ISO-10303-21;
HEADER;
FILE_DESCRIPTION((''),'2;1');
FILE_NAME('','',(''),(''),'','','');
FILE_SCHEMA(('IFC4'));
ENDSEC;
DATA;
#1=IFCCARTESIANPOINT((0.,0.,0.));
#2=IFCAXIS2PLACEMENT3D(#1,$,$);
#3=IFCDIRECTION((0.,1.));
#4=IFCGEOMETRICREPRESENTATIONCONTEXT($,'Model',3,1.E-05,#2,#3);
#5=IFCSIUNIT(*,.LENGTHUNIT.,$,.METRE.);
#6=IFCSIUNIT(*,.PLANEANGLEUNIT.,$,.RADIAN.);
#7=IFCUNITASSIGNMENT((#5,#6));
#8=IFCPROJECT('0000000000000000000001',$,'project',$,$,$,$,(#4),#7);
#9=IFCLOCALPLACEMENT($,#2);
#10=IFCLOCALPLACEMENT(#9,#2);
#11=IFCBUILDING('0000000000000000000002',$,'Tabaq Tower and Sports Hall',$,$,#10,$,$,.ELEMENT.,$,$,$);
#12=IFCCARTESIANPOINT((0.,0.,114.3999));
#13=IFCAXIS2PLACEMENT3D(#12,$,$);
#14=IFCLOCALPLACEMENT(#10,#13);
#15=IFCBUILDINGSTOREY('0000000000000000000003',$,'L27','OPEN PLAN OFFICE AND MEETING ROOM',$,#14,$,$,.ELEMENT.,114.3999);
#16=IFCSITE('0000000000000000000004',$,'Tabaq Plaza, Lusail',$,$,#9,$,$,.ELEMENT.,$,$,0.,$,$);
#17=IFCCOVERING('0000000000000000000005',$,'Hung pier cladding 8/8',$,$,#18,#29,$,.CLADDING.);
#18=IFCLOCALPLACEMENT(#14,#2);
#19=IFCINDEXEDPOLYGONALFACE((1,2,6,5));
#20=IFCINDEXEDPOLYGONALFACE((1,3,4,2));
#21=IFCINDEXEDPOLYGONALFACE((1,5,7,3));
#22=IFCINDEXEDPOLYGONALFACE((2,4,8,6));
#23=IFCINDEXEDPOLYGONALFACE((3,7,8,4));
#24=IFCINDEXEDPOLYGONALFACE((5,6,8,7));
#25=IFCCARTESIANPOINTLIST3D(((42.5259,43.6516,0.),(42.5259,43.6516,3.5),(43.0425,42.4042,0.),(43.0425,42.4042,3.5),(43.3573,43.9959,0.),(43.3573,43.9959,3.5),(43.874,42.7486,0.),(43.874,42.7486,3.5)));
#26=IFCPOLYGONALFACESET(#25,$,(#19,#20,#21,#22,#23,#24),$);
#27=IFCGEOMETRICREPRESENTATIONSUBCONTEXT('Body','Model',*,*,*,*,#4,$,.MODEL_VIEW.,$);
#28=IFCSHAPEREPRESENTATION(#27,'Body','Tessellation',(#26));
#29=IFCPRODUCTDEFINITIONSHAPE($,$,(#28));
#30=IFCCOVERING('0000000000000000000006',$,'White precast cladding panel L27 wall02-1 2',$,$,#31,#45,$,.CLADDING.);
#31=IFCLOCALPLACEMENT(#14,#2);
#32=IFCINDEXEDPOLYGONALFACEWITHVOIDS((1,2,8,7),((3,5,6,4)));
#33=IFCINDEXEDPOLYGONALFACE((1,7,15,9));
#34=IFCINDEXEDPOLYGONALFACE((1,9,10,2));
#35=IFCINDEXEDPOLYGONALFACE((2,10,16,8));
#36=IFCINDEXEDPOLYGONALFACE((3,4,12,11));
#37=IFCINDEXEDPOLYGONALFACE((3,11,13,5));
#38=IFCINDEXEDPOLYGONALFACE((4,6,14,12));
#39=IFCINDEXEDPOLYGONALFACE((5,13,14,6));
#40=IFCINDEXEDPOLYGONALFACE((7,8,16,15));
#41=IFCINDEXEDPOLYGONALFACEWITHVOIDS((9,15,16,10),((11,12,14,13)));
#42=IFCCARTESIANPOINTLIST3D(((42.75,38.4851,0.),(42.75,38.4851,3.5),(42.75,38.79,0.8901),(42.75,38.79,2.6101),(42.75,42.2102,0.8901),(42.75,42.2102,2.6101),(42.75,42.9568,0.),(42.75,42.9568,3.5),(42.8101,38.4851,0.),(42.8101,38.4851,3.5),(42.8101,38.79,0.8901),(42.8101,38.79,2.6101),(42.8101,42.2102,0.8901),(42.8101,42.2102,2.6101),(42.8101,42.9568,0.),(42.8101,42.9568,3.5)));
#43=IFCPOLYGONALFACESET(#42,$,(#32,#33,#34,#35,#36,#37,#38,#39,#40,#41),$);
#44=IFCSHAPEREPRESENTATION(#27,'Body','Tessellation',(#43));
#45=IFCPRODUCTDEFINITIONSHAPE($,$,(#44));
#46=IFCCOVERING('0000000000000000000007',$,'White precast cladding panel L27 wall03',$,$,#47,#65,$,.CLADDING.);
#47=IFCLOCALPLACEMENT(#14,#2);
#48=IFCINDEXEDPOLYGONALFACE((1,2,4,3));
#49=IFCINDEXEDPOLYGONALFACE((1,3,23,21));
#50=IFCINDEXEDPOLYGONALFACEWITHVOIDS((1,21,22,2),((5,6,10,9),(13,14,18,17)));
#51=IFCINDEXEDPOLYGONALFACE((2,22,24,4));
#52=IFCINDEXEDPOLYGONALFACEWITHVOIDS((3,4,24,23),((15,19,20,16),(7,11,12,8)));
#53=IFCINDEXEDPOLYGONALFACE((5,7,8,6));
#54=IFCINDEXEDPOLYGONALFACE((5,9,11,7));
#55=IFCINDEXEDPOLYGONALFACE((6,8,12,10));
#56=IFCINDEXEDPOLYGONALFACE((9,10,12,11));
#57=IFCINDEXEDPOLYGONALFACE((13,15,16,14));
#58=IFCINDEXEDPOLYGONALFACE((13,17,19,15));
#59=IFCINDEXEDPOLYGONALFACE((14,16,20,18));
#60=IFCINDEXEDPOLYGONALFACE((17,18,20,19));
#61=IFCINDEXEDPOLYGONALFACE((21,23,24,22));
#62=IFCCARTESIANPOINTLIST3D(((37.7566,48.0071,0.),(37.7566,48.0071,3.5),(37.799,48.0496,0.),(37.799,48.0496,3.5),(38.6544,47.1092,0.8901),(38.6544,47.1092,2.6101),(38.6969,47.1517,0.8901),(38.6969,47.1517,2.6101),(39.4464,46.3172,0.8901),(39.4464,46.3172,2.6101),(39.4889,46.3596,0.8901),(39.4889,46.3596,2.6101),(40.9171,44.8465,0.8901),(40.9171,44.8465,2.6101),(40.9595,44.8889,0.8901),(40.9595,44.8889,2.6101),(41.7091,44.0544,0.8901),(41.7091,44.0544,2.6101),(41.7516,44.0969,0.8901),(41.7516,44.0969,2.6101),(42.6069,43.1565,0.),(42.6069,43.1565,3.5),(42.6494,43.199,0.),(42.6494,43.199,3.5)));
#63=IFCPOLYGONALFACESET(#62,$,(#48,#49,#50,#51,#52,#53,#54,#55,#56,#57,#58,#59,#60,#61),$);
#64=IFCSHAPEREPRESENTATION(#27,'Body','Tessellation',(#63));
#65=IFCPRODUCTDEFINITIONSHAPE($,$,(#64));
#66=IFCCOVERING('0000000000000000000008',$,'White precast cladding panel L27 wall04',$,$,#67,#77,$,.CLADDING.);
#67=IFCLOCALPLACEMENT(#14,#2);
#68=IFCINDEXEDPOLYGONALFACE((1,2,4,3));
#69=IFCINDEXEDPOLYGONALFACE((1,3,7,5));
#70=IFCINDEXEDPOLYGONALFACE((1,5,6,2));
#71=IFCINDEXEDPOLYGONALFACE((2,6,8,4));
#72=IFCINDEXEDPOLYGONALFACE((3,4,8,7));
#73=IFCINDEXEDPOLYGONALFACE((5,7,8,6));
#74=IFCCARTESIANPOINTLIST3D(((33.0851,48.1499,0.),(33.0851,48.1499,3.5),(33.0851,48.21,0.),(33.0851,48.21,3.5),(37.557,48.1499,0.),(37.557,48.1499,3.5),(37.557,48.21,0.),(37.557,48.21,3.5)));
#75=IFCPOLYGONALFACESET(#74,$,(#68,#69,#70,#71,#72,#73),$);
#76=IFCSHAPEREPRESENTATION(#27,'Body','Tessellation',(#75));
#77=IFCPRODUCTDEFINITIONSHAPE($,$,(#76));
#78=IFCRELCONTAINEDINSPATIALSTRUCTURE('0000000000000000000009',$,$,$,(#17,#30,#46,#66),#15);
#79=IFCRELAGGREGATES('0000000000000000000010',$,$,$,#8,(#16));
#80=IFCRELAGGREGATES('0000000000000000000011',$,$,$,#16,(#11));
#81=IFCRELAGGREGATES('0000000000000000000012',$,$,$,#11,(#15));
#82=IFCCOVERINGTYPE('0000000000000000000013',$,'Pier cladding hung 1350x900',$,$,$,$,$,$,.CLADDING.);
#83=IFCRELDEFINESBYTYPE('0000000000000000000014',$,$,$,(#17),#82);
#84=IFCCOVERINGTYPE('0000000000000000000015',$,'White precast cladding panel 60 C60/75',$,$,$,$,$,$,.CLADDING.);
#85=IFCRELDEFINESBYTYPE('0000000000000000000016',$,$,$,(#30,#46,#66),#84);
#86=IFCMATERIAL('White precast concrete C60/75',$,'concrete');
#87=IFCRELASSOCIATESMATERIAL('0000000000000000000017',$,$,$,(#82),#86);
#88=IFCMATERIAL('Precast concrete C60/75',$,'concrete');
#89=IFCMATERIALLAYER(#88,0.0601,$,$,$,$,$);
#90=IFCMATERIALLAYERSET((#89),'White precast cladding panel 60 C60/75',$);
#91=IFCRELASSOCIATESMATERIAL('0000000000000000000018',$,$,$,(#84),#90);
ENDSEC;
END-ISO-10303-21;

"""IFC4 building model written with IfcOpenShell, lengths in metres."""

from ifc_helpers import new_model, si_unit, direction, frame, frame_2d, origin, place, context, subcontext, project, spatial, polyline, rectangle, outline, extrude, material, layer, layer_set, type_object, element, save


model = new_model("IFC4")

# Units and contexts
model_context = context("Model", 3, precision=1e-05, world=origin(), true_north=direction((0.0, 1.0)))
body_context = subcontext(model_context, "Body", "Model", "MODEL_VIEW")
ifc_project = project(units=[si_unit("LENGTHUNIT", "METRE"), si_unit("PLANEANGLEUNIT", "RADIAN")], contexts=[model_context])

# Site, building, storey
site_placement = place(None, origin())
site = spatial("IfcSite", under=ifc_project, at=site_placement, Name="Tabaq Plaza, Lusail", CompositionType="ELEMENT", RefElevation=0.0)
building_placement = place(site_placement, origin())
building = spatial("IfcBuilding", under=site, at=building_placement, Name="Tabaq Tower and Sports Hall", CompositionType="ELEMENT")
storey_placement = place(building_placement, frame((0.0, 0.0, 114.3999)))
storey = spatial("IfcBuildingStorey", under=building, at=storey_placement, Name="L27", Description="OPEN PLAN OFFICE AND MEETING ROOM", CompositionType="ELEMENT", Elevation=114.3999)

# Coverings
ifc_material_1 = material(Name="White precast concrete C60/75", Category="concrete")
covering_type_1 = type_object("IfcCoveringType", Name="Pier cladding hung 1350x900", PredefinedType="CLADDING", material=ifc_material_1)
for number, where, z_axis, x_axis, name in (
    (1, (43.4583, 42.5764, 0.0), (0.0, 0.0, 1.0), (-0.38265, 0.923893, 0.0), "Hung pier cladding 8/8"),
):
    element("IfcCovering", number, at=place(storey_placement, frame(where, z_axis=z_axis, x_axis=x_axis)), inside=storey, type_object=covering_type_1, Name=name, PredefinedType="CLADDING", context=body_context, shape_type="SweptSolid", body=[
        extrude(rectangle(XDim=1.3501, YDim=0.8999, at=frame_2d((0.675, 0.0))), origin(), (0.0, 0.0, 1.0), 3.5),
    ])
ifc_material_2 = material(Name="Precast concrete C60/75", Category="concrete")
ifc_layer_1 = layer(ifc_material_2, 0.0601)
ifc_layer_set_1 = layer_set([ifc_layer_1], Name="White precast cladding panel 60 C60/75")
covering_type_2 = type_object("IfcCoveringType", Name="White precast cladding panel 60 C60/75", PredefinedType="CLADDING", material=ifc_layer_set_1)
covering_1_placement = place(storey_placement, frame((42.78, 38.4851, 0.0), z_axis=(0.0, 0.0, 1.0), x_axis=(0.0, 1.0, 0.0)))
element("IfcCovering", 2, at=covering_1_placement, inside=storey, type_object=covering_type_2, Name="White precast cladding panel L27 wall02-1 2", PredefinedType="CLADDING", context=body_context, shape_type="SweptSolid", body=[
    extrude(outline(polyline([(0.0, 0.0), (4.4717, 0.0), (4.4717, 3.5), (0.0, 3.5), (0.0, 0.0)]), holes=[polyline([(0.3049, 0.8901), (0.3049, 2.6101), (3.7251, 2.6101), (3.7251, 0.8901), (0.3049, 0.8901)])]), frame((0.0, 0.03, 0.0), z_axis=(0.0, -1.0, 0.0), x_axis=(1.0, 0.0, 0.0)), (0.0, 0.0, 1.0), 0.0601),
])
covering_2_placement = place(storey_placement, frame((42.6282, 43.1777, 0.0), z_axis=(0.0, 0.0, 1.0), x_axis=(-0.707089, 0.707125, 0.0)))
element("IfcCovering", 3, at=covering_2_placement, inside=storey, type_object=covering_type_2, Name="White precast cladding panel L27 wall03", PredefinedType="CLADDING", context=body_context, shape_type="SweptSolid", body=[
    extrude(outline(polyline([(0.0, 0.0), (6.8596, 0.0), (6.8596, 3.5), (0.0, 3.5), (0.0, 0.0)]), holes=[polyline([(1.2698, 2.6101), (2.3899, 2.6101), (2.3899, 0.8901), (1.2698, 0.8901), (1.2698, 2.6101)]), polyline([(4.4697, 2.6101), (5.5898, 2.6101), (5.5898, 0.8901), (4.4697, 0.8901), (4.4697, 2.6101)])]), frame((0.0, 0.03, 0.0), z_axis=(0.0, -1.0, 0.0), x_axis=(1.0, 0.0, 0.0)), (0.0, 0.0, 1.0), 0.0601),
])
covering_3_placement = place(storey_placement, frame((37.5569, 48.1799, 0.0), z_axis=(0.0, 0.0, 1.0), x_axis=(-1.0, 0.0, 0.0)))
element("IfcCovering", 4, at=covering_3_placement, inside=storey, type_object=covering_type_2, Name="White precast cladding panel L27 wall04", PredefinedType="CLADDING", context=body_context, shape_type="SweptSolid", body=[
    extrude(rectangle(XDim=4.4719, YDim=0.0601, at=frame_2d((2.2358, 0.0))), origin(), (0.0, 0.0, 1.0), 3.5),
])

save(model, "model.ifc")
